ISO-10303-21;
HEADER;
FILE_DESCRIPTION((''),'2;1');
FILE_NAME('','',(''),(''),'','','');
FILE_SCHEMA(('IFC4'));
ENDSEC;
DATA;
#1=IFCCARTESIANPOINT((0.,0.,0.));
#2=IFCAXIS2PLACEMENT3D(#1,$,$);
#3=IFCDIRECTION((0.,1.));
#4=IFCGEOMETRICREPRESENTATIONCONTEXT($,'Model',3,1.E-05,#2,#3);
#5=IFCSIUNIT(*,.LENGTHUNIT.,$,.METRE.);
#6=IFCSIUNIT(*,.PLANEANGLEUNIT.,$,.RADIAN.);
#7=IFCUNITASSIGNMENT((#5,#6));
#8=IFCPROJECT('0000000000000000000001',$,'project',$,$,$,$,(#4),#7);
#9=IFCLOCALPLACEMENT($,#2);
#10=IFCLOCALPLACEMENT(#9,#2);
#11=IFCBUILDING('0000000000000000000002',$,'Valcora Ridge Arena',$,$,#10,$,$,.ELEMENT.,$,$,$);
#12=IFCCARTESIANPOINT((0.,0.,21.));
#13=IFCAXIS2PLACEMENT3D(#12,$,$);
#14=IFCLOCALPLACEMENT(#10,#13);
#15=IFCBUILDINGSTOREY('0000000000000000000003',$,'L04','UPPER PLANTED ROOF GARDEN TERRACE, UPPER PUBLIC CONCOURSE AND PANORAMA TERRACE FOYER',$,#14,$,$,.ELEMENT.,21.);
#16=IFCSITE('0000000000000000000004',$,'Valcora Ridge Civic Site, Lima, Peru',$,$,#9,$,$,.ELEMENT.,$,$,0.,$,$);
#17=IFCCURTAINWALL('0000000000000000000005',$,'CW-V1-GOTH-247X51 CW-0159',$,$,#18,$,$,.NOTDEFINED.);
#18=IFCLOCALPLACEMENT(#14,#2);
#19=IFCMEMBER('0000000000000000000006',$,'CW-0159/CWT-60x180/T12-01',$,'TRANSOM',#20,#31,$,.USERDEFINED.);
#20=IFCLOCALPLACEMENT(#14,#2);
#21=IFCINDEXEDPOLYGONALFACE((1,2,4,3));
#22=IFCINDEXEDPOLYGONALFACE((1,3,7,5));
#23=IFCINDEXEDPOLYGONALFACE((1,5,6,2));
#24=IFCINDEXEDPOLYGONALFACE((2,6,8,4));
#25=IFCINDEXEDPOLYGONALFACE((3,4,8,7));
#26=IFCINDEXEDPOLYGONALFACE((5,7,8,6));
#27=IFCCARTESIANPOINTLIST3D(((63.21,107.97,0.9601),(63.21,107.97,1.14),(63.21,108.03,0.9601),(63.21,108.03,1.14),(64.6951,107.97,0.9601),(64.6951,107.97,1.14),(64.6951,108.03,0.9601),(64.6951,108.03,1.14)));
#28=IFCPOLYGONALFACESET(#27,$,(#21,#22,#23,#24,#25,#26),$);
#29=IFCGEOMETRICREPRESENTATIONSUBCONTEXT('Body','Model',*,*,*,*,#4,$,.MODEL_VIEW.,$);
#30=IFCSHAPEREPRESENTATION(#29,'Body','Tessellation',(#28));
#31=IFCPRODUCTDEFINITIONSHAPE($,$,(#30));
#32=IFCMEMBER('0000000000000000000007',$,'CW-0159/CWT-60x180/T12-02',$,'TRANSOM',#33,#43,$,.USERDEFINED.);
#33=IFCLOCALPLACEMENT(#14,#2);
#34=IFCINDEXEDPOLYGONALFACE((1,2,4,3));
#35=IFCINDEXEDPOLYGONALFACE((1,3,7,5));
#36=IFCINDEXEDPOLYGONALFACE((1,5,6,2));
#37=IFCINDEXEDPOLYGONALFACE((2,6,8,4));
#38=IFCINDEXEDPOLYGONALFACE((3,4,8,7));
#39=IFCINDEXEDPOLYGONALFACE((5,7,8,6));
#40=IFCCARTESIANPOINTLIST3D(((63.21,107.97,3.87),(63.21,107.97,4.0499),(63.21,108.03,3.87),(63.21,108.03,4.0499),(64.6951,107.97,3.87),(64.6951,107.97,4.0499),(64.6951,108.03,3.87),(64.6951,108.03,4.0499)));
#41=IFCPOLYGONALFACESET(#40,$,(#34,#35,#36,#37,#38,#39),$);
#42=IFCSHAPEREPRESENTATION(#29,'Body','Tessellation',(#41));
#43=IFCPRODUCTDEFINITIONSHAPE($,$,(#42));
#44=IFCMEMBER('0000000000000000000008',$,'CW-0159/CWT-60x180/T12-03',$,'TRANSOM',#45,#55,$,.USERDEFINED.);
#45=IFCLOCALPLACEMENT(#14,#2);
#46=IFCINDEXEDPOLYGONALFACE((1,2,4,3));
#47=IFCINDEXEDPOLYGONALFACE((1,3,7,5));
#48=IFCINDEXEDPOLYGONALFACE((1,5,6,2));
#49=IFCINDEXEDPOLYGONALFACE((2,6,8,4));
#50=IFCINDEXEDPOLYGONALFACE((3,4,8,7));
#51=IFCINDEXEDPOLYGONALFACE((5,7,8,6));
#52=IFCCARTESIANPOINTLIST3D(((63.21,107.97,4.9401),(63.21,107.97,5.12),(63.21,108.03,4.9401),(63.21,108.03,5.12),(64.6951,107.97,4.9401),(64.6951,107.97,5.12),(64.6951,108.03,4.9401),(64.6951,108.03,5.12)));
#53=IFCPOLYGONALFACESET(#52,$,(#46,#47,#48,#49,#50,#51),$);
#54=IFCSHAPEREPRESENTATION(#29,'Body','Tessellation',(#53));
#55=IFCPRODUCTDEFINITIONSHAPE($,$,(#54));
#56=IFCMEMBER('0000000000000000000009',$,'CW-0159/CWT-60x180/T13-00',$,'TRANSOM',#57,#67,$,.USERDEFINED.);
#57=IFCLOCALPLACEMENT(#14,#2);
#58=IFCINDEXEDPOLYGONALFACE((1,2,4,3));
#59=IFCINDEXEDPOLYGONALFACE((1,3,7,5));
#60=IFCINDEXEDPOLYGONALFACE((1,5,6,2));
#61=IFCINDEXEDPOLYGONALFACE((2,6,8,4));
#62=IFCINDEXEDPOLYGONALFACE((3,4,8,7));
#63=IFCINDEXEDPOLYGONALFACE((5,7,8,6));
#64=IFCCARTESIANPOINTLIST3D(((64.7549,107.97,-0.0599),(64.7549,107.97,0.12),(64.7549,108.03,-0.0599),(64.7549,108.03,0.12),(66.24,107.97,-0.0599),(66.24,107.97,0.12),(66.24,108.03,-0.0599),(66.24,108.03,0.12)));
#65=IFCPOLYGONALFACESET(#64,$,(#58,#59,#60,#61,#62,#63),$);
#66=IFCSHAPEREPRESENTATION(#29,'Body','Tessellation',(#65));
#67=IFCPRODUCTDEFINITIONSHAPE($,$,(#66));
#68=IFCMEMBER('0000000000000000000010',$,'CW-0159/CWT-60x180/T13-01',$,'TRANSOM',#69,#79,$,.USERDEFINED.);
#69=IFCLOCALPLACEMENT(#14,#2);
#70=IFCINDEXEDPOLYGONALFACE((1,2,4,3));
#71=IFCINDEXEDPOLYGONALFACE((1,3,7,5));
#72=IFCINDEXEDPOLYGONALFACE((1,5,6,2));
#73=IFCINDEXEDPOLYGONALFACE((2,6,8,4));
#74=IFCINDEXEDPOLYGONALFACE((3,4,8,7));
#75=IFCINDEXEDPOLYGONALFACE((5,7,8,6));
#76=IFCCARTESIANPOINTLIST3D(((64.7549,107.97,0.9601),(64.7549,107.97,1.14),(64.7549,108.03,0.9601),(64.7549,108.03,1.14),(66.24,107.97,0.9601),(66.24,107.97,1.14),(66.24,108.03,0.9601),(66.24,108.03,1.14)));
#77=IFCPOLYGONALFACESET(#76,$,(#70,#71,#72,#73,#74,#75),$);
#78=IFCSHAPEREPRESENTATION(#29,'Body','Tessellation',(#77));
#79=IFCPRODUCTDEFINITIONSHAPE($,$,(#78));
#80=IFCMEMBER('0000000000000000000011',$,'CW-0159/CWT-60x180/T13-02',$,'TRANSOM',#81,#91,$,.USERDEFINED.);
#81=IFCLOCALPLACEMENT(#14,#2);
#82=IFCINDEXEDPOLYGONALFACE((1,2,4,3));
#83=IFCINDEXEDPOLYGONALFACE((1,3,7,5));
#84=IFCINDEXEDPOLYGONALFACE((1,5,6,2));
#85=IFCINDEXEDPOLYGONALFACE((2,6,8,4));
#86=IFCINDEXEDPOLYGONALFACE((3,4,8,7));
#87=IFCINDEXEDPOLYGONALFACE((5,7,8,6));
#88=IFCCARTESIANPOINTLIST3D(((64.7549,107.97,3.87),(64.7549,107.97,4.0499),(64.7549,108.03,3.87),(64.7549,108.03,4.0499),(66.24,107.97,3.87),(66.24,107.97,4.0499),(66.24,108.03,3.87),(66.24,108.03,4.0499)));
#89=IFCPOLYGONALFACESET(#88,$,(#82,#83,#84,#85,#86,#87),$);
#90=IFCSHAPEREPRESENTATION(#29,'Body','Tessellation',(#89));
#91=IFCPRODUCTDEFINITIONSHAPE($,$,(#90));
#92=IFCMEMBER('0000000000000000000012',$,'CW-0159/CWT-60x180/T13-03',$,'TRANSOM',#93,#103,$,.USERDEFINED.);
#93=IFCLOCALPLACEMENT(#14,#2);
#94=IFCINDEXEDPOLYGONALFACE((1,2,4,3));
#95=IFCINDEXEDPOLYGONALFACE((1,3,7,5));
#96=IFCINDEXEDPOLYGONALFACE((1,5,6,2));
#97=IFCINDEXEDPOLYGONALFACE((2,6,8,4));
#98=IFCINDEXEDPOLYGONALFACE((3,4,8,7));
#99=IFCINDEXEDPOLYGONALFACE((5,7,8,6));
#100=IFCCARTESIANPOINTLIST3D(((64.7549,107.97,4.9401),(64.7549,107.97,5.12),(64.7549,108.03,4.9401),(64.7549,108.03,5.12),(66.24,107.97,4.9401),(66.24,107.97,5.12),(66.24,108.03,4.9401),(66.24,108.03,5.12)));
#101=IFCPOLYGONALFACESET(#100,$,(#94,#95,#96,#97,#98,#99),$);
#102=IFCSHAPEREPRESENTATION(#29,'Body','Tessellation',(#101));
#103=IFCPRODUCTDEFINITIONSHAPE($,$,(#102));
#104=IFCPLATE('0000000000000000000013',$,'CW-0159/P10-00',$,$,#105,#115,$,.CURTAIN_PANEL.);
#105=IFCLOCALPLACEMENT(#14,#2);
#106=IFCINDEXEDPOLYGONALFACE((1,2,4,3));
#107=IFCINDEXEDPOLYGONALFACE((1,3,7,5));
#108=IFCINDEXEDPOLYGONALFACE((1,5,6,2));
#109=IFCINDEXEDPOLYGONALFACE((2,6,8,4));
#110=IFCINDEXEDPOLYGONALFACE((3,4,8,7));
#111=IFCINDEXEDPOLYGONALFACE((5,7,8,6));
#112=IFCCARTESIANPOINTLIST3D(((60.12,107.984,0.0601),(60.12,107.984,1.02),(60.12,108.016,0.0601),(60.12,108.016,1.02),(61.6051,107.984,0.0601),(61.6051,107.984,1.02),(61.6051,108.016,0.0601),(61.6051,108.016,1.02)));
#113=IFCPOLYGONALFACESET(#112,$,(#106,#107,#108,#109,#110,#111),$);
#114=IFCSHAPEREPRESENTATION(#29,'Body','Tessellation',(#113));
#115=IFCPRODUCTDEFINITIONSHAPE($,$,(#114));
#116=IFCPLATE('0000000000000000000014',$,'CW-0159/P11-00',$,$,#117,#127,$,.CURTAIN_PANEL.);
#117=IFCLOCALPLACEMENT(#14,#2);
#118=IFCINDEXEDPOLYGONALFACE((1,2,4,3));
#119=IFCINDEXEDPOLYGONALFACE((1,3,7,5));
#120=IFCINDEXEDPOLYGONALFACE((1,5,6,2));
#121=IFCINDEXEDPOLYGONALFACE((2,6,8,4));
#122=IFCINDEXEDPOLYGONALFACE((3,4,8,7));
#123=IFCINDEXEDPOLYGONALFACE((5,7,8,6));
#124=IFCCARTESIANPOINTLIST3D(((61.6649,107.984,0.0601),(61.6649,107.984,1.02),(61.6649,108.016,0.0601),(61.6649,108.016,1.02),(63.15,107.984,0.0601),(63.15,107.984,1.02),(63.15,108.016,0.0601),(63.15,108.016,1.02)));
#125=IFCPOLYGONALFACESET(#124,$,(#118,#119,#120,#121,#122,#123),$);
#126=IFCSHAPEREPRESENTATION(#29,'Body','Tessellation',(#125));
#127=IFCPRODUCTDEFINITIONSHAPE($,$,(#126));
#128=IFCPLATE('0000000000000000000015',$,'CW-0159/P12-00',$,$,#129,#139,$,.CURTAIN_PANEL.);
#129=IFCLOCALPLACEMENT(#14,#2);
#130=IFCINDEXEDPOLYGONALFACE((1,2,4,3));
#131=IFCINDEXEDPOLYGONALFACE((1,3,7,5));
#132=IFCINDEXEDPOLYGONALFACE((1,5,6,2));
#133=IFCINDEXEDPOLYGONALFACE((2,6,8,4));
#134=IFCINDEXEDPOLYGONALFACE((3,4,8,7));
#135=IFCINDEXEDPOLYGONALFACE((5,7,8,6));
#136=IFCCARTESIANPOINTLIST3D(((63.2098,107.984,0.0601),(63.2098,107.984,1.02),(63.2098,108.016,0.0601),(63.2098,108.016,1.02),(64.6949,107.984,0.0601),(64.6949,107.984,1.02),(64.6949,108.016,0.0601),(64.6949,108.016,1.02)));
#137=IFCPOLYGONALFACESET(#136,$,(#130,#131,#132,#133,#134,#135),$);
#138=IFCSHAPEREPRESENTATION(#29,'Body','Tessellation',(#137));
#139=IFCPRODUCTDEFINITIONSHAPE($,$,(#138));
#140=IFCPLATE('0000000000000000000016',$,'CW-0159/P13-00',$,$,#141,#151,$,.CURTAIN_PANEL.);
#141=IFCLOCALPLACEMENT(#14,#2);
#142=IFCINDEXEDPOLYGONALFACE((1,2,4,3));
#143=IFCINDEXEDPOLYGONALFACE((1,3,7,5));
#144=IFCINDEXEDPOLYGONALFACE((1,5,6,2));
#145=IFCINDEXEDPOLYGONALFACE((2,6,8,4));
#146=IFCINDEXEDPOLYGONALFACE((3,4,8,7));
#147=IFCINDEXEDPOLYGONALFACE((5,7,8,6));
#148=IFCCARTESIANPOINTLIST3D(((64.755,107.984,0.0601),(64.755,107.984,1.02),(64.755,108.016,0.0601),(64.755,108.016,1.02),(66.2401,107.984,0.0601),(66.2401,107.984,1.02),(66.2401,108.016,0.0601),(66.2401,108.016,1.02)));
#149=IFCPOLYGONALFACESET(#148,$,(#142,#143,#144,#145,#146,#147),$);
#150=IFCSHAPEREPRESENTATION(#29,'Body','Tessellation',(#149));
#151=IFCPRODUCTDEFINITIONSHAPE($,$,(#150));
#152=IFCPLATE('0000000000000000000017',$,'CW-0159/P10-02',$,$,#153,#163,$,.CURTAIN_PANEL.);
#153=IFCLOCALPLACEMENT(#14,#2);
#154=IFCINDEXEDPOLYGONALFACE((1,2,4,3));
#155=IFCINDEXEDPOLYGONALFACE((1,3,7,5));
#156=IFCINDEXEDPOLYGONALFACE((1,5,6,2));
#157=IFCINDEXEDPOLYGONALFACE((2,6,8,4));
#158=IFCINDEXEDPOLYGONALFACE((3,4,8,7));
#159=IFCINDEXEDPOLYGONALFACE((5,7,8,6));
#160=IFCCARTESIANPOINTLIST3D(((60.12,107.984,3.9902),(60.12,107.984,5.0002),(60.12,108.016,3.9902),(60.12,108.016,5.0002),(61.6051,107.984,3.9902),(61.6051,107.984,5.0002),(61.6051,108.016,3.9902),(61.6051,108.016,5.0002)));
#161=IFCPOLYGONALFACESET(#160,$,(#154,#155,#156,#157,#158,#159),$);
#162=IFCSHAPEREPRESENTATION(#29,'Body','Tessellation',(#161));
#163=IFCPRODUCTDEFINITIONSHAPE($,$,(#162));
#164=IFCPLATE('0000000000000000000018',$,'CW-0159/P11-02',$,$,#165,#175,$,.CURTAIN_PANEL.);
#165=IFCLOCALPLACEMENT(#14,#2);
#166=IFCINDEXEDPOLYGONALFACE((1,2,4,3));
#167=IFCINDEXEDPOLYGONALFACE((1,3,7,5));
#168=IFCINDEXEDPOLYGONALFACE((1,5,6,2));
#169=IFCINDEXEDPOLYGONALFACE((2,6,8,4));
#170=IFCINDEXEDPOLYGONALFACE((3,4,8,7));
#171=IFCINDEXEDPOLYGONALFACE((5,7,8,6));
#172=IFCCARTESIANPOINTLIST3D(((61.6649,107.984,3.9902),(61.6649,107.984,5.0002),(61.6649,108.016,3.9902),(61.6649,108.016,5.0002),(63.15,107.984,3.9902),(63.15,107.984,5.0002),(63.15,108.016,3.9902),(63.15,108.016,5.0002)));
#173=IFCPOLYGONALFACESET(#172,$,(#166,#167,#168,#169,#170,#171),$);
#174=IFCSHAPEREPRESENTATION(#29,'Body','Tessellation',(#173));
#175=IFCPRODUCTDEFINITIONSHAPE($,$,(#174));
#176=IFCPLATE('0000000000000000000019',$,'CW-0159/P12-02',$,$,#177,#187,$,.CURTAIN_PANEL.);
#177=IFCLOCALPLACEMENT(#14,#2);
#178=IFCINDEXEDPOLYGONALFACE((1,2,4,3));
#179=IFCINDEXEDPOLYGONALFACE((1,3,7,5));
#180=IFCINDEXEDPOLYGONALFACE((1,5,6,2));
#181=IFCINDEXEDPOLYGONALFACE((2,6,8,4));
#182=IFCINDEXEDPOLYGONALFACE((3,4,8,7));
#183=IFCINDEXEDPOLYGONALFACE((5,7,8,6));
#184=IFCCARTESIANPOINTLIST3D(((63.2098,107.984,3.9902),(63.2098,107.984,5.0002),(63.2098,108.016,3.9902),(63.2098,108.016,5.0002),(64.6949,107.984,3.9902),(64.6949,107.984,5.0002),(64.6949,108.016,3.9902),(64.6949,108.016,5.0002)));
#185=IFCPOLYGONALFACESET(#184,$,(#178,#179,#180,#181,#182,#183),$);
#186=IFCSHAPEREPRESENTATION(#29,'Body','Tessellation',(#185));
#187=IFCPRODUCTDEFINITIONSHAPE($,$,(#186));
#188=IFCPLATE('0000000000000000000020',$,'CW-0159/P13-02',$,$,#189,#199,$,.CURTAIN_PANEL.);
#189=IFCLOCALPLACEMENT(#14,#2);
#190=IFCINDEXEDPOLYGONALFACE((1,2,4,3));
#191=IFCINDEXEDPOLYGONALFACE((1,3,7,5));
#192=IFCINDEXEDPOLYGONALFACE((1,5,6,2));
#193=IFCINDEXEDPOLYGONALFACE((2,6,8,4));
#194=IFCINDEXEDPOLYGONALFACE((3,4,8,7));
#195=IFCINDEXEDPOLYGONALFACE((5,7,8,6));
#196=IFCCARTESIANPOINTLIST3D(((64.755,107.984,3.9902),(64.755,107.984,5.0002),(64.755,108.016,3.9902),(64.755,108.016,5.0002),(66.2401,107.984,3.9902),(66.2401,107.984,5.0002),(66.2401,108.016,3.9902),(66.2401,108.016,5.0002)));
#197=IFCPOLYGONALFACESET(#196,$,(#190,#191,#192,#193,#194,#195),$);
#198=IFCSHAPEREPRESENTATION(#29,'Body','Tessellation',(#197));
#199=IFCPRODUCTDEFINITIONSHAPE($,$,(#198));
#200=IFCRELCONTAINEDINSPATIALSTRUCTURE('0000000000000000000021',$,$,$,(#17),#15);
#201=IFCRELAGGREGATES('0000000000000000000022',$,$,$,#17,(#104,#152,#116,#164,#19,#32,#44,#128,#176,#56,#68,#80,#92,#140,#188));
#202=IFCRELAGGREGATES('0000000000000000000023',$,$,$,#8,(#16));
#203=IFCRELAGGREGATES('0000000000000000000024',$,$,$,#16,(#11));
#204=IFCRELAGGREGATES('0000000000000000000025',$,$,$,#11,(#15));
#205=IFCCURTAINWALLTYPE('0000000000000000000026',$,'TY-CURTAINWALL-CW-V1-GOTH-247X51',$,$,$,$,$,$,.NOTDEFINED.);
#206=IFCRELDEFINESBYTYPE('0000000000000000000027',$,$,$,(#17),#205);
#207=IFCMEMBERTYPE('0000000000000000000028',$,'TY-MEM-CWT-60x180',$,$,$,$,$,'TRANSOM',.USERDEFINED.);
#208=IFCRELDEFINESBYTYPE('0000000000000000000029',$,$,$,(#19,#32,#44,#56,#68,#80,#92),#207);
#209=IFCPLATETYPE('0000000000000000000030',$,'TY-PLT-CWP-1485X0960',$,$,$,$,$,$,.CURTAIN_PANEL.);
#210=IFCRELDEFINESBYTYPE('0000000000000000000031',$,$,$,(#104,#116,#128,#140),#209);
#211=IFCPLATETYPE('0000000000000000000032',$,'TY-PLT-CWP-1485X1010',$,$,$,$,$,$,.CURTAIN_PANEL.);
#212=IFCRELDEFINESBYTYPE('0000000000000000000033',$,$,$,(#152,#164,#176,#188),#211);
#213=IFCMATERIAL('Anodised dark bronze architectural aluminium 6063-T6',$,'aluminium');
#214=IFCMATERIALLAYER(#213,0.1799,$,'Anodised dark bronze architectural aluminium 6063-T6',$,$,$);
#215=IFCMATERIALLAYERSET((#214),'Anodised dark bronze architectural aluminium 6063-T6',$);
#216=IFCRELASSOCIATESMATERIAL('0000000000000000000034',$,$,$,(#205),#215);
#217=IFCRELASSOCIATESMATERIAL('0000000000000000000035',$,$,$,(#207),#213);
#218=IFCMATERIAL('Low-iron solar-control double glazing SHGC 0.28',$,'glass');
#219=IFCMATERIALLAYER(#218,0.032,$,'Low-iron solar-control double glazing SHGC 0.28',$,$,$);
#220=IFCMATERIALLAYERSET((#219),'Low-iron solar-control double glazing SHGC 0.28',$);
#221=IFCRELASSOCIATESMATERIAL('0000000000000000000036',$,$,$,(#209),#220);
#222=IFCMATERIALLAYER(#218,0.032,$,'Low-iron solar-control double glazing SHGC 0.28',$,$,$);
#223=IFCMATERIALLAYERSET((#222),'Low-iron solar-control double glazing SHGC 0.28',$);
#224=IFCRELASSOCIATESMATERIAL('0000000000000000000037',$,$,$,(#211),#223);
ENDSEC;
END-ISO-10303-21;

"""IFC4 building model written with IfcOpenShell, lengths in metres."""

from ifc_helpers import new_model, si_unit, direction, frame, origin, origin_2d, place, context, subcontext, project, spatial, rectangle, extrude, material, layer, layer_set, material_profile, profile_set, type_object, element, aggregate, save


model = new_model("IFC4")

# Units and contexts
model_context = context("Model", 3, precision=1e-05, world=origin(), true_north=direction((0.0, 1.0)))
body_context = subcontext(model_context, "Body", "Model", "MODEL_VIEW")
ifc_project = project(units=[si_unit("LENGTHUNIT", "METRE"), si_unit("PLANEANGLEUNIT", "RADIAN")], contexts=[model_context])

# Site, building, storey
site_placement = place(None, origin())
site = spatial("IfcSite", under=ifc_project, at=site_placement, Name="Valcora Ridge Civic Site, Lima, Peru", CompositionType="ELEMENT", RefElevation=0.0)
building_placement = place(site_placement, origin())
building = spatial("IfcBuilding", under=site, at=building_placement, Name="Valcora Ridge Arena", CompositionType="ELEMENT")
storey_placement = place(building_placement, frame((0.0, 0.0, 21.0)))
storey = spatial("IfcBuildingStorey", under=building, at=storey_placement, Name="L04", Description="UPPER PLANTED ROOF GARDEN TERRACE, UPPER PUBLIC CONCOURSE AND PANORAMA TERRACE FOYER", CompositionType="ELEMENT", Elevation=21.0)

# Curtain wall, members, plates
ifc_material_1 = material(Name="Anodised dark bronze architectural aluminium 6063-T6", Category="aluminium")
ifc_layer_1 = layer(ifc_material_1, 0.1799, Name="Anodised dark bronze architectural aluminium 6063-T6")
ifc_layer_set_1 = layer_set([ifc_layer_1], Name="Anodised dark bronze architectural aluminium 6063-T6")
curtain_wall_type = type_object("IfcCurtainWallType", Name="TY-CURTAINWALL-CW-V1-GOTH-247X51", PredefinedType="NOTDEFINED", material=ifc_layer_set_1)
curtain_wall_placement = place(storey_placement, origin())
curtain_wall = element("IfcCurtainWall", 1, at=curtain_wall_placement, inside=storey, type_object=curtain_wall_type, Name="CW-V1-GOTH-247X51 CW-0159", PredefinedType="NOTDEFINED")
ifc_material_profile_1 = material_profile(ifc_material_1, rectangle(XDim=0.0601, YDim=0.1799, at=origin_2d()), Name="ALU TRANSOM 60x180")
ifc_profile_set_1 = profile_set([ifc_material_profile_1], Name="Anodised dark bronze architectural aluminium 6063-T6")
member_type_1 = type_object("IfcMemberType", Name="TY-MEM-CWT-60x180", ElementType="TRANSOM", PredefinedType="USERDEFINED", material=ifc_profile_set_1)
member_1_placement = place(storey_placement, frame((63.21, 108.0, 1.05), z_axis=(1.0, 0.0, 0.0), x_axis=(0.0, 1.0, 0.0)))
member_1 = element("IfcMember", 2, at=member_1_placement, type_object=member_type_1, Name="CW-0159/CWT-60x180/T12-01", ObjectType="TRANSOM", PredefinedType="USERDEFINED", context=body_context, shape_type="SweptSolid", body=[
    extrude(rectangle(XDim=0.0601, YDim=0.1799, at=origin_2d()), origin(), (0.0, 0.0, 1.0), 1.4851),
])
member_2_placement = place(storey_placement, frame((63.21, 108.0, 3.96), z_axis=(1.0, 0.0, 0.0), x_axis=(0.0, 1.0, 0.0)))
member_2 = element("IfcMember", 3, at=member_2_placement, type_object=member_type_1, Name="CW-0159/CWT-60x180/T12-02", ObjectType="TRANSOM", PredefinedType="USERDEFINED", context=body_context, shape_type="SweptSolid", body=[
    extrude(rectangle(XDim=0.0601, YDim=0.1799, at=origin_2d()), origin(), (0.0, 0.0, 1.0), 1.4851),
])
member_3_placement = place(storey_placement, frame((63.21, 108.0, 5.03), z_axis=(1.0, 0.0, 0.0), x_axis=(0.0, 1.0, 0.0)))
member_3 = element("IfcMember", 4, at=member_3_placement, type_object=member_type_1, Name="CW-0159/CWT-60x180/T12-03", ObjectType="TRANSOM", PredefinedType="USERDEFINED", context=body_context, shape_type="SweptSolid", body=[
    extrude(rectangle(XDim=0.0601, YDim=0.1799, at=origin_2d()), origin(), (0.0, 0.0, 1.0), 1.4851),
])
member_4_placement = place(storey_placement, frame((64.7549, 108.0, 0.03), z_axis=(1.0, 0.0, 0.0), x_axis=(0.0, 1.0, 0.0)))
member_4 = element("IfcMember", 5, at=member_4_placement, type_object=member_type_1, Name="CW-0159/CWT-60x180/T13-00", ObjectType="TRANSOM", PredefinedType="USERDEFINED", context=body_context, shape_type="SweptSolid", body=[
    extrude(rectangle(XDim=0.0601, YDim=0.1799, at=origin_2d()), origin(), (0.0, 0.0, 1.0), 1.4851),
])
member_5_placement = place(storey_placement, frame((64.7549, 108.0, 1.05), z_axis=(1.0, 0.0, 0.0), x_axis=(0.0, 1.0, 0.0)))
member_5 = element("IfcMember", 6, at=member_5_placement, type_object=member_type_1, Name="CW-0159/CWT-60x180/T13-01", ObjectType="TRANSOM", PredefinedType="USERDEFINED", context=body_context, shape_type="SweptSolid", body=[
    extrude(rectangle(XDim=0.0601, YDim=0.1799, at=origin_2d()), origin(), (0.0, 0.0, 1.0), 1.4851),
])
member_6_placement = place(storey_placement, frame((64.7549, 108.0, 3.96), z_axis=(1.0, 0.0, 0.0), x_axis=(0.0, 1.0, 0.0)))
member_6 = element("IfcMember", 7, at=member_6_placement, type_object=member_type_1, Name="CW-0159/CWT-60x180/T13-02", ObjectType="TRANSOM", PredefinedType="USERDEFINED", context=body_context, shape_type="SweptSolid", body=[
    extrude(rectangle(XDim=0.0601, YDim=0.1799, at=origin_2d()), origin(), (0.0, 0.0, 1.0), 1.4851),
])
member_7_placement = place(storey_placement, frame((64.7549, 108.0, 5.03), z_axis=(1.0, 0.0, 0.0), x_axis=(0.0, 1.0, 0.0)))
member_7 = element("IfcMember", 8, at=member_7_placement, type_object=member_type_1, Name="CW-0159/CWT-60x180/T13-03", ObjectType="TRANSOM", PredefinedType="USERDEFINED", context=body_context, shape_type="SweptSolid", body=[
    extrude(rectangle(XDim=0.0601, YDim=0.1799, at=origin_2d()), origin(), (0.0, 0.0, 1.0), 1.4851),
])
ifc_material_2 = material(Name="Low-iron solar-control double glazing SHGC 0.28", Category="glass")
ifc_layer_2 = layer(ifc_material_2, 0.032, Name="Low-iron solar-control double glazing SHGC 0.28")
ifc_layer_set_2 = layer_set([ifc_layer_2], Name="Low-iron solar-control double glazing SHGC 0.28")
plate_type_1 = type_object("IfcPlateType", Name="TY-PLT-CWP-1485X0960", PredefinedType="CURTAIN_PANEL", material=ifc_layer_set_2)
plate_1_placement = place(storey_placement, frame((60.8625, 108.0, 0.0601), z_axis=(0.0, 0.0, 1.0), x_axis=(1.0, 0.0, 0.0)))
plate_1 = element("IfcPlate", 9, at=plate_1_placement, type_object=plate_type_1, Name="CW-0159/P10-00", PredefinedType="CURTAIN_PANEL", context=body_context, shape_type="SweptSolid", body=[
    extrude(rectangle(XDim=1.4851, YDim=0.032, at=origin_2d()), origin(), (0.0, 0.0, 1.0), 0.96),
])
plate_2_placement = place(storey_placement, frame((62.4075, 108.0, 0.0601), z_axis=(0.0, 0.0, 1.0), x_axis=(1.0, 0.0, 0.0)))
plate_2 = element("IfcPlate", 10, at=plate_2_placement, type_object=plate_type_1, Name="CW-0159/P11-00", PredefinedType="CURTAIN_PANEL", context=body_context, shape_type="SweptSolid", body=[
    extrude(rectangle(XDim=1.4851, YDim=0.032, at=origin_2d()), origin(), (0.0, 0.0, 1.0), 0.96),
])
plate_3_placement = place(storey_placement, frame((63.9524, 108.0, 0.0601), z_axis=(0.0, 0.0, 1.0), x_axis=(1.0, 0.0, 0.0)))
plate_3 = element("IfcPlate", 11, at=plate_3_placement, type_object=plate_type_1, Name="CW-0159/P12-00", PredefinedType="CURTAIN_PANEL", context=body_context, shape_type="SweptSolid", body=[
    extrude(rectangle(XDim=1.4851, YDim=0.032, at=origin_2d()), origin(), (0.0, 0.0, 1.0), 0.96),
])
plate_4_placement = place(storey_placement, frame((65.4976, 108.0, 0.0601), z_axis=(0.0, 0.0, 1.0), x_axis=(1.0, 0.0, 0.0)))
plate_4 = element("IfcPlate", 12, at=plate_4_placement, type_object=plate_type_1, Name="CW-0159/P13-00", PredefinedType="CURTAIN_PANEL", context=body_context, shape_type="SweptSolid", body=[
    extrude(rectangle(XDim=1.4851, YDim=0.032, at=origin_2d()), origin(), (0.0, 0.0, 1.0), 0.96),
])
ifc_layer_3 = layer(ifc_material_2, 0.032, Name="Low-iron solar-control double glazing SHGC 0.28")
ifc_layer_set_3 = layer_set([ifc_layer_3], Name="Low-iron solar-control double glazing SHGC 0.28")
plate_type_2 = type_object("IfcPlateType", Name="TY-PLT-CWP-1485X1010", PredefinedType="CURTAIN_PANEL", material=ifc_layer_set_3)
plate_5_placement = place(storey_placement, frame((60.8625, 108.0, 3.9902), z_axis=(0.0, 0.0, 1.0), x_axis=(1.0, 0.0, 0.0)))
plate_5 = element("IfcPlate", 13, at=plate_5_placement, type_object=plate_type_2, Name="CW-0159/P10-02", PredefinedType="CURTAIN_PANEL", context=body_context, shape_type="SweptSolid", body=[
    extrude(rectangle(XDim=1.4851, YDim=0.032, at=origin_2d()), origin(), (0.0, 0.0, 1.0), 1.01),
])
plate_6_placement = place(storey_placement, frame((62.4075, 108.0, 3.9902), z_axis=(0.0, 0.0, 1.0), x_axis=(1.0, 0.0, 0.0)))
plate_6 = element("IfcPlate", 14, at=plate_6_placement, type_object=plate_type_2, Name="CW-0159/P11-02", PredefinedType="CURTAIN_PANEL", context=body_context, shape_type="SweptSolid", body=[
    extrude(rectangle(XDim=1.4851, YDim=0.032, at=origin_2d()), origin(), (0.0, 0.0, 1.0), 1.01),
])
plate_7_placement = place(storey_placement, frame((63.9524, 108.0, 3.9902), z_axis=(0.0, 0.0, 1.0), x_axis=(1.0, 0.0, 0.0)))
plate_7 = element("IfcPlate", 15, at=plate_7_placement, type_object=plate_type_2, Name="CW-0159/P12-02", PredefinedType="CURTAIN_PANEL", context=body_context, shape_type="SweptSolid", body=[
    extrude(rectangle(XDim=1.4851, YDim=0.032, at=origin_2d()), origin(), (0.0, 0.0, 1.0), 1.01),
])
plate_8_placement = place(storey_placement, frame((65.4976, 108.0, 3.9902), z_axis=(0.0, 0.0, 1.0), x_axis=(1.0, 0.0, 0.0)))
plate_8 = element("IfcPlate", 16, at=plate_8_placement, type_object=plate_type_2, Name="CW-0159/P13-02", PredefinedType="CURTAIN_PANEL", context=body_context, shape_type="SweptSolid", body=[
    extrude(rectangle(XDim=1.4851, YDim=0.032, at=origin_2d()), origin(), (0.0, 0.0, 1.0), 1.01),
])
aggregate(curtain_wall, [plate_1, plate_5, plate_2, plate_6, member_1, member_2, member_3, plate_3, plate_7, member_4, member_5, member_6, member_7, plate_4, plate_8])

save(model, "model.ifc")
